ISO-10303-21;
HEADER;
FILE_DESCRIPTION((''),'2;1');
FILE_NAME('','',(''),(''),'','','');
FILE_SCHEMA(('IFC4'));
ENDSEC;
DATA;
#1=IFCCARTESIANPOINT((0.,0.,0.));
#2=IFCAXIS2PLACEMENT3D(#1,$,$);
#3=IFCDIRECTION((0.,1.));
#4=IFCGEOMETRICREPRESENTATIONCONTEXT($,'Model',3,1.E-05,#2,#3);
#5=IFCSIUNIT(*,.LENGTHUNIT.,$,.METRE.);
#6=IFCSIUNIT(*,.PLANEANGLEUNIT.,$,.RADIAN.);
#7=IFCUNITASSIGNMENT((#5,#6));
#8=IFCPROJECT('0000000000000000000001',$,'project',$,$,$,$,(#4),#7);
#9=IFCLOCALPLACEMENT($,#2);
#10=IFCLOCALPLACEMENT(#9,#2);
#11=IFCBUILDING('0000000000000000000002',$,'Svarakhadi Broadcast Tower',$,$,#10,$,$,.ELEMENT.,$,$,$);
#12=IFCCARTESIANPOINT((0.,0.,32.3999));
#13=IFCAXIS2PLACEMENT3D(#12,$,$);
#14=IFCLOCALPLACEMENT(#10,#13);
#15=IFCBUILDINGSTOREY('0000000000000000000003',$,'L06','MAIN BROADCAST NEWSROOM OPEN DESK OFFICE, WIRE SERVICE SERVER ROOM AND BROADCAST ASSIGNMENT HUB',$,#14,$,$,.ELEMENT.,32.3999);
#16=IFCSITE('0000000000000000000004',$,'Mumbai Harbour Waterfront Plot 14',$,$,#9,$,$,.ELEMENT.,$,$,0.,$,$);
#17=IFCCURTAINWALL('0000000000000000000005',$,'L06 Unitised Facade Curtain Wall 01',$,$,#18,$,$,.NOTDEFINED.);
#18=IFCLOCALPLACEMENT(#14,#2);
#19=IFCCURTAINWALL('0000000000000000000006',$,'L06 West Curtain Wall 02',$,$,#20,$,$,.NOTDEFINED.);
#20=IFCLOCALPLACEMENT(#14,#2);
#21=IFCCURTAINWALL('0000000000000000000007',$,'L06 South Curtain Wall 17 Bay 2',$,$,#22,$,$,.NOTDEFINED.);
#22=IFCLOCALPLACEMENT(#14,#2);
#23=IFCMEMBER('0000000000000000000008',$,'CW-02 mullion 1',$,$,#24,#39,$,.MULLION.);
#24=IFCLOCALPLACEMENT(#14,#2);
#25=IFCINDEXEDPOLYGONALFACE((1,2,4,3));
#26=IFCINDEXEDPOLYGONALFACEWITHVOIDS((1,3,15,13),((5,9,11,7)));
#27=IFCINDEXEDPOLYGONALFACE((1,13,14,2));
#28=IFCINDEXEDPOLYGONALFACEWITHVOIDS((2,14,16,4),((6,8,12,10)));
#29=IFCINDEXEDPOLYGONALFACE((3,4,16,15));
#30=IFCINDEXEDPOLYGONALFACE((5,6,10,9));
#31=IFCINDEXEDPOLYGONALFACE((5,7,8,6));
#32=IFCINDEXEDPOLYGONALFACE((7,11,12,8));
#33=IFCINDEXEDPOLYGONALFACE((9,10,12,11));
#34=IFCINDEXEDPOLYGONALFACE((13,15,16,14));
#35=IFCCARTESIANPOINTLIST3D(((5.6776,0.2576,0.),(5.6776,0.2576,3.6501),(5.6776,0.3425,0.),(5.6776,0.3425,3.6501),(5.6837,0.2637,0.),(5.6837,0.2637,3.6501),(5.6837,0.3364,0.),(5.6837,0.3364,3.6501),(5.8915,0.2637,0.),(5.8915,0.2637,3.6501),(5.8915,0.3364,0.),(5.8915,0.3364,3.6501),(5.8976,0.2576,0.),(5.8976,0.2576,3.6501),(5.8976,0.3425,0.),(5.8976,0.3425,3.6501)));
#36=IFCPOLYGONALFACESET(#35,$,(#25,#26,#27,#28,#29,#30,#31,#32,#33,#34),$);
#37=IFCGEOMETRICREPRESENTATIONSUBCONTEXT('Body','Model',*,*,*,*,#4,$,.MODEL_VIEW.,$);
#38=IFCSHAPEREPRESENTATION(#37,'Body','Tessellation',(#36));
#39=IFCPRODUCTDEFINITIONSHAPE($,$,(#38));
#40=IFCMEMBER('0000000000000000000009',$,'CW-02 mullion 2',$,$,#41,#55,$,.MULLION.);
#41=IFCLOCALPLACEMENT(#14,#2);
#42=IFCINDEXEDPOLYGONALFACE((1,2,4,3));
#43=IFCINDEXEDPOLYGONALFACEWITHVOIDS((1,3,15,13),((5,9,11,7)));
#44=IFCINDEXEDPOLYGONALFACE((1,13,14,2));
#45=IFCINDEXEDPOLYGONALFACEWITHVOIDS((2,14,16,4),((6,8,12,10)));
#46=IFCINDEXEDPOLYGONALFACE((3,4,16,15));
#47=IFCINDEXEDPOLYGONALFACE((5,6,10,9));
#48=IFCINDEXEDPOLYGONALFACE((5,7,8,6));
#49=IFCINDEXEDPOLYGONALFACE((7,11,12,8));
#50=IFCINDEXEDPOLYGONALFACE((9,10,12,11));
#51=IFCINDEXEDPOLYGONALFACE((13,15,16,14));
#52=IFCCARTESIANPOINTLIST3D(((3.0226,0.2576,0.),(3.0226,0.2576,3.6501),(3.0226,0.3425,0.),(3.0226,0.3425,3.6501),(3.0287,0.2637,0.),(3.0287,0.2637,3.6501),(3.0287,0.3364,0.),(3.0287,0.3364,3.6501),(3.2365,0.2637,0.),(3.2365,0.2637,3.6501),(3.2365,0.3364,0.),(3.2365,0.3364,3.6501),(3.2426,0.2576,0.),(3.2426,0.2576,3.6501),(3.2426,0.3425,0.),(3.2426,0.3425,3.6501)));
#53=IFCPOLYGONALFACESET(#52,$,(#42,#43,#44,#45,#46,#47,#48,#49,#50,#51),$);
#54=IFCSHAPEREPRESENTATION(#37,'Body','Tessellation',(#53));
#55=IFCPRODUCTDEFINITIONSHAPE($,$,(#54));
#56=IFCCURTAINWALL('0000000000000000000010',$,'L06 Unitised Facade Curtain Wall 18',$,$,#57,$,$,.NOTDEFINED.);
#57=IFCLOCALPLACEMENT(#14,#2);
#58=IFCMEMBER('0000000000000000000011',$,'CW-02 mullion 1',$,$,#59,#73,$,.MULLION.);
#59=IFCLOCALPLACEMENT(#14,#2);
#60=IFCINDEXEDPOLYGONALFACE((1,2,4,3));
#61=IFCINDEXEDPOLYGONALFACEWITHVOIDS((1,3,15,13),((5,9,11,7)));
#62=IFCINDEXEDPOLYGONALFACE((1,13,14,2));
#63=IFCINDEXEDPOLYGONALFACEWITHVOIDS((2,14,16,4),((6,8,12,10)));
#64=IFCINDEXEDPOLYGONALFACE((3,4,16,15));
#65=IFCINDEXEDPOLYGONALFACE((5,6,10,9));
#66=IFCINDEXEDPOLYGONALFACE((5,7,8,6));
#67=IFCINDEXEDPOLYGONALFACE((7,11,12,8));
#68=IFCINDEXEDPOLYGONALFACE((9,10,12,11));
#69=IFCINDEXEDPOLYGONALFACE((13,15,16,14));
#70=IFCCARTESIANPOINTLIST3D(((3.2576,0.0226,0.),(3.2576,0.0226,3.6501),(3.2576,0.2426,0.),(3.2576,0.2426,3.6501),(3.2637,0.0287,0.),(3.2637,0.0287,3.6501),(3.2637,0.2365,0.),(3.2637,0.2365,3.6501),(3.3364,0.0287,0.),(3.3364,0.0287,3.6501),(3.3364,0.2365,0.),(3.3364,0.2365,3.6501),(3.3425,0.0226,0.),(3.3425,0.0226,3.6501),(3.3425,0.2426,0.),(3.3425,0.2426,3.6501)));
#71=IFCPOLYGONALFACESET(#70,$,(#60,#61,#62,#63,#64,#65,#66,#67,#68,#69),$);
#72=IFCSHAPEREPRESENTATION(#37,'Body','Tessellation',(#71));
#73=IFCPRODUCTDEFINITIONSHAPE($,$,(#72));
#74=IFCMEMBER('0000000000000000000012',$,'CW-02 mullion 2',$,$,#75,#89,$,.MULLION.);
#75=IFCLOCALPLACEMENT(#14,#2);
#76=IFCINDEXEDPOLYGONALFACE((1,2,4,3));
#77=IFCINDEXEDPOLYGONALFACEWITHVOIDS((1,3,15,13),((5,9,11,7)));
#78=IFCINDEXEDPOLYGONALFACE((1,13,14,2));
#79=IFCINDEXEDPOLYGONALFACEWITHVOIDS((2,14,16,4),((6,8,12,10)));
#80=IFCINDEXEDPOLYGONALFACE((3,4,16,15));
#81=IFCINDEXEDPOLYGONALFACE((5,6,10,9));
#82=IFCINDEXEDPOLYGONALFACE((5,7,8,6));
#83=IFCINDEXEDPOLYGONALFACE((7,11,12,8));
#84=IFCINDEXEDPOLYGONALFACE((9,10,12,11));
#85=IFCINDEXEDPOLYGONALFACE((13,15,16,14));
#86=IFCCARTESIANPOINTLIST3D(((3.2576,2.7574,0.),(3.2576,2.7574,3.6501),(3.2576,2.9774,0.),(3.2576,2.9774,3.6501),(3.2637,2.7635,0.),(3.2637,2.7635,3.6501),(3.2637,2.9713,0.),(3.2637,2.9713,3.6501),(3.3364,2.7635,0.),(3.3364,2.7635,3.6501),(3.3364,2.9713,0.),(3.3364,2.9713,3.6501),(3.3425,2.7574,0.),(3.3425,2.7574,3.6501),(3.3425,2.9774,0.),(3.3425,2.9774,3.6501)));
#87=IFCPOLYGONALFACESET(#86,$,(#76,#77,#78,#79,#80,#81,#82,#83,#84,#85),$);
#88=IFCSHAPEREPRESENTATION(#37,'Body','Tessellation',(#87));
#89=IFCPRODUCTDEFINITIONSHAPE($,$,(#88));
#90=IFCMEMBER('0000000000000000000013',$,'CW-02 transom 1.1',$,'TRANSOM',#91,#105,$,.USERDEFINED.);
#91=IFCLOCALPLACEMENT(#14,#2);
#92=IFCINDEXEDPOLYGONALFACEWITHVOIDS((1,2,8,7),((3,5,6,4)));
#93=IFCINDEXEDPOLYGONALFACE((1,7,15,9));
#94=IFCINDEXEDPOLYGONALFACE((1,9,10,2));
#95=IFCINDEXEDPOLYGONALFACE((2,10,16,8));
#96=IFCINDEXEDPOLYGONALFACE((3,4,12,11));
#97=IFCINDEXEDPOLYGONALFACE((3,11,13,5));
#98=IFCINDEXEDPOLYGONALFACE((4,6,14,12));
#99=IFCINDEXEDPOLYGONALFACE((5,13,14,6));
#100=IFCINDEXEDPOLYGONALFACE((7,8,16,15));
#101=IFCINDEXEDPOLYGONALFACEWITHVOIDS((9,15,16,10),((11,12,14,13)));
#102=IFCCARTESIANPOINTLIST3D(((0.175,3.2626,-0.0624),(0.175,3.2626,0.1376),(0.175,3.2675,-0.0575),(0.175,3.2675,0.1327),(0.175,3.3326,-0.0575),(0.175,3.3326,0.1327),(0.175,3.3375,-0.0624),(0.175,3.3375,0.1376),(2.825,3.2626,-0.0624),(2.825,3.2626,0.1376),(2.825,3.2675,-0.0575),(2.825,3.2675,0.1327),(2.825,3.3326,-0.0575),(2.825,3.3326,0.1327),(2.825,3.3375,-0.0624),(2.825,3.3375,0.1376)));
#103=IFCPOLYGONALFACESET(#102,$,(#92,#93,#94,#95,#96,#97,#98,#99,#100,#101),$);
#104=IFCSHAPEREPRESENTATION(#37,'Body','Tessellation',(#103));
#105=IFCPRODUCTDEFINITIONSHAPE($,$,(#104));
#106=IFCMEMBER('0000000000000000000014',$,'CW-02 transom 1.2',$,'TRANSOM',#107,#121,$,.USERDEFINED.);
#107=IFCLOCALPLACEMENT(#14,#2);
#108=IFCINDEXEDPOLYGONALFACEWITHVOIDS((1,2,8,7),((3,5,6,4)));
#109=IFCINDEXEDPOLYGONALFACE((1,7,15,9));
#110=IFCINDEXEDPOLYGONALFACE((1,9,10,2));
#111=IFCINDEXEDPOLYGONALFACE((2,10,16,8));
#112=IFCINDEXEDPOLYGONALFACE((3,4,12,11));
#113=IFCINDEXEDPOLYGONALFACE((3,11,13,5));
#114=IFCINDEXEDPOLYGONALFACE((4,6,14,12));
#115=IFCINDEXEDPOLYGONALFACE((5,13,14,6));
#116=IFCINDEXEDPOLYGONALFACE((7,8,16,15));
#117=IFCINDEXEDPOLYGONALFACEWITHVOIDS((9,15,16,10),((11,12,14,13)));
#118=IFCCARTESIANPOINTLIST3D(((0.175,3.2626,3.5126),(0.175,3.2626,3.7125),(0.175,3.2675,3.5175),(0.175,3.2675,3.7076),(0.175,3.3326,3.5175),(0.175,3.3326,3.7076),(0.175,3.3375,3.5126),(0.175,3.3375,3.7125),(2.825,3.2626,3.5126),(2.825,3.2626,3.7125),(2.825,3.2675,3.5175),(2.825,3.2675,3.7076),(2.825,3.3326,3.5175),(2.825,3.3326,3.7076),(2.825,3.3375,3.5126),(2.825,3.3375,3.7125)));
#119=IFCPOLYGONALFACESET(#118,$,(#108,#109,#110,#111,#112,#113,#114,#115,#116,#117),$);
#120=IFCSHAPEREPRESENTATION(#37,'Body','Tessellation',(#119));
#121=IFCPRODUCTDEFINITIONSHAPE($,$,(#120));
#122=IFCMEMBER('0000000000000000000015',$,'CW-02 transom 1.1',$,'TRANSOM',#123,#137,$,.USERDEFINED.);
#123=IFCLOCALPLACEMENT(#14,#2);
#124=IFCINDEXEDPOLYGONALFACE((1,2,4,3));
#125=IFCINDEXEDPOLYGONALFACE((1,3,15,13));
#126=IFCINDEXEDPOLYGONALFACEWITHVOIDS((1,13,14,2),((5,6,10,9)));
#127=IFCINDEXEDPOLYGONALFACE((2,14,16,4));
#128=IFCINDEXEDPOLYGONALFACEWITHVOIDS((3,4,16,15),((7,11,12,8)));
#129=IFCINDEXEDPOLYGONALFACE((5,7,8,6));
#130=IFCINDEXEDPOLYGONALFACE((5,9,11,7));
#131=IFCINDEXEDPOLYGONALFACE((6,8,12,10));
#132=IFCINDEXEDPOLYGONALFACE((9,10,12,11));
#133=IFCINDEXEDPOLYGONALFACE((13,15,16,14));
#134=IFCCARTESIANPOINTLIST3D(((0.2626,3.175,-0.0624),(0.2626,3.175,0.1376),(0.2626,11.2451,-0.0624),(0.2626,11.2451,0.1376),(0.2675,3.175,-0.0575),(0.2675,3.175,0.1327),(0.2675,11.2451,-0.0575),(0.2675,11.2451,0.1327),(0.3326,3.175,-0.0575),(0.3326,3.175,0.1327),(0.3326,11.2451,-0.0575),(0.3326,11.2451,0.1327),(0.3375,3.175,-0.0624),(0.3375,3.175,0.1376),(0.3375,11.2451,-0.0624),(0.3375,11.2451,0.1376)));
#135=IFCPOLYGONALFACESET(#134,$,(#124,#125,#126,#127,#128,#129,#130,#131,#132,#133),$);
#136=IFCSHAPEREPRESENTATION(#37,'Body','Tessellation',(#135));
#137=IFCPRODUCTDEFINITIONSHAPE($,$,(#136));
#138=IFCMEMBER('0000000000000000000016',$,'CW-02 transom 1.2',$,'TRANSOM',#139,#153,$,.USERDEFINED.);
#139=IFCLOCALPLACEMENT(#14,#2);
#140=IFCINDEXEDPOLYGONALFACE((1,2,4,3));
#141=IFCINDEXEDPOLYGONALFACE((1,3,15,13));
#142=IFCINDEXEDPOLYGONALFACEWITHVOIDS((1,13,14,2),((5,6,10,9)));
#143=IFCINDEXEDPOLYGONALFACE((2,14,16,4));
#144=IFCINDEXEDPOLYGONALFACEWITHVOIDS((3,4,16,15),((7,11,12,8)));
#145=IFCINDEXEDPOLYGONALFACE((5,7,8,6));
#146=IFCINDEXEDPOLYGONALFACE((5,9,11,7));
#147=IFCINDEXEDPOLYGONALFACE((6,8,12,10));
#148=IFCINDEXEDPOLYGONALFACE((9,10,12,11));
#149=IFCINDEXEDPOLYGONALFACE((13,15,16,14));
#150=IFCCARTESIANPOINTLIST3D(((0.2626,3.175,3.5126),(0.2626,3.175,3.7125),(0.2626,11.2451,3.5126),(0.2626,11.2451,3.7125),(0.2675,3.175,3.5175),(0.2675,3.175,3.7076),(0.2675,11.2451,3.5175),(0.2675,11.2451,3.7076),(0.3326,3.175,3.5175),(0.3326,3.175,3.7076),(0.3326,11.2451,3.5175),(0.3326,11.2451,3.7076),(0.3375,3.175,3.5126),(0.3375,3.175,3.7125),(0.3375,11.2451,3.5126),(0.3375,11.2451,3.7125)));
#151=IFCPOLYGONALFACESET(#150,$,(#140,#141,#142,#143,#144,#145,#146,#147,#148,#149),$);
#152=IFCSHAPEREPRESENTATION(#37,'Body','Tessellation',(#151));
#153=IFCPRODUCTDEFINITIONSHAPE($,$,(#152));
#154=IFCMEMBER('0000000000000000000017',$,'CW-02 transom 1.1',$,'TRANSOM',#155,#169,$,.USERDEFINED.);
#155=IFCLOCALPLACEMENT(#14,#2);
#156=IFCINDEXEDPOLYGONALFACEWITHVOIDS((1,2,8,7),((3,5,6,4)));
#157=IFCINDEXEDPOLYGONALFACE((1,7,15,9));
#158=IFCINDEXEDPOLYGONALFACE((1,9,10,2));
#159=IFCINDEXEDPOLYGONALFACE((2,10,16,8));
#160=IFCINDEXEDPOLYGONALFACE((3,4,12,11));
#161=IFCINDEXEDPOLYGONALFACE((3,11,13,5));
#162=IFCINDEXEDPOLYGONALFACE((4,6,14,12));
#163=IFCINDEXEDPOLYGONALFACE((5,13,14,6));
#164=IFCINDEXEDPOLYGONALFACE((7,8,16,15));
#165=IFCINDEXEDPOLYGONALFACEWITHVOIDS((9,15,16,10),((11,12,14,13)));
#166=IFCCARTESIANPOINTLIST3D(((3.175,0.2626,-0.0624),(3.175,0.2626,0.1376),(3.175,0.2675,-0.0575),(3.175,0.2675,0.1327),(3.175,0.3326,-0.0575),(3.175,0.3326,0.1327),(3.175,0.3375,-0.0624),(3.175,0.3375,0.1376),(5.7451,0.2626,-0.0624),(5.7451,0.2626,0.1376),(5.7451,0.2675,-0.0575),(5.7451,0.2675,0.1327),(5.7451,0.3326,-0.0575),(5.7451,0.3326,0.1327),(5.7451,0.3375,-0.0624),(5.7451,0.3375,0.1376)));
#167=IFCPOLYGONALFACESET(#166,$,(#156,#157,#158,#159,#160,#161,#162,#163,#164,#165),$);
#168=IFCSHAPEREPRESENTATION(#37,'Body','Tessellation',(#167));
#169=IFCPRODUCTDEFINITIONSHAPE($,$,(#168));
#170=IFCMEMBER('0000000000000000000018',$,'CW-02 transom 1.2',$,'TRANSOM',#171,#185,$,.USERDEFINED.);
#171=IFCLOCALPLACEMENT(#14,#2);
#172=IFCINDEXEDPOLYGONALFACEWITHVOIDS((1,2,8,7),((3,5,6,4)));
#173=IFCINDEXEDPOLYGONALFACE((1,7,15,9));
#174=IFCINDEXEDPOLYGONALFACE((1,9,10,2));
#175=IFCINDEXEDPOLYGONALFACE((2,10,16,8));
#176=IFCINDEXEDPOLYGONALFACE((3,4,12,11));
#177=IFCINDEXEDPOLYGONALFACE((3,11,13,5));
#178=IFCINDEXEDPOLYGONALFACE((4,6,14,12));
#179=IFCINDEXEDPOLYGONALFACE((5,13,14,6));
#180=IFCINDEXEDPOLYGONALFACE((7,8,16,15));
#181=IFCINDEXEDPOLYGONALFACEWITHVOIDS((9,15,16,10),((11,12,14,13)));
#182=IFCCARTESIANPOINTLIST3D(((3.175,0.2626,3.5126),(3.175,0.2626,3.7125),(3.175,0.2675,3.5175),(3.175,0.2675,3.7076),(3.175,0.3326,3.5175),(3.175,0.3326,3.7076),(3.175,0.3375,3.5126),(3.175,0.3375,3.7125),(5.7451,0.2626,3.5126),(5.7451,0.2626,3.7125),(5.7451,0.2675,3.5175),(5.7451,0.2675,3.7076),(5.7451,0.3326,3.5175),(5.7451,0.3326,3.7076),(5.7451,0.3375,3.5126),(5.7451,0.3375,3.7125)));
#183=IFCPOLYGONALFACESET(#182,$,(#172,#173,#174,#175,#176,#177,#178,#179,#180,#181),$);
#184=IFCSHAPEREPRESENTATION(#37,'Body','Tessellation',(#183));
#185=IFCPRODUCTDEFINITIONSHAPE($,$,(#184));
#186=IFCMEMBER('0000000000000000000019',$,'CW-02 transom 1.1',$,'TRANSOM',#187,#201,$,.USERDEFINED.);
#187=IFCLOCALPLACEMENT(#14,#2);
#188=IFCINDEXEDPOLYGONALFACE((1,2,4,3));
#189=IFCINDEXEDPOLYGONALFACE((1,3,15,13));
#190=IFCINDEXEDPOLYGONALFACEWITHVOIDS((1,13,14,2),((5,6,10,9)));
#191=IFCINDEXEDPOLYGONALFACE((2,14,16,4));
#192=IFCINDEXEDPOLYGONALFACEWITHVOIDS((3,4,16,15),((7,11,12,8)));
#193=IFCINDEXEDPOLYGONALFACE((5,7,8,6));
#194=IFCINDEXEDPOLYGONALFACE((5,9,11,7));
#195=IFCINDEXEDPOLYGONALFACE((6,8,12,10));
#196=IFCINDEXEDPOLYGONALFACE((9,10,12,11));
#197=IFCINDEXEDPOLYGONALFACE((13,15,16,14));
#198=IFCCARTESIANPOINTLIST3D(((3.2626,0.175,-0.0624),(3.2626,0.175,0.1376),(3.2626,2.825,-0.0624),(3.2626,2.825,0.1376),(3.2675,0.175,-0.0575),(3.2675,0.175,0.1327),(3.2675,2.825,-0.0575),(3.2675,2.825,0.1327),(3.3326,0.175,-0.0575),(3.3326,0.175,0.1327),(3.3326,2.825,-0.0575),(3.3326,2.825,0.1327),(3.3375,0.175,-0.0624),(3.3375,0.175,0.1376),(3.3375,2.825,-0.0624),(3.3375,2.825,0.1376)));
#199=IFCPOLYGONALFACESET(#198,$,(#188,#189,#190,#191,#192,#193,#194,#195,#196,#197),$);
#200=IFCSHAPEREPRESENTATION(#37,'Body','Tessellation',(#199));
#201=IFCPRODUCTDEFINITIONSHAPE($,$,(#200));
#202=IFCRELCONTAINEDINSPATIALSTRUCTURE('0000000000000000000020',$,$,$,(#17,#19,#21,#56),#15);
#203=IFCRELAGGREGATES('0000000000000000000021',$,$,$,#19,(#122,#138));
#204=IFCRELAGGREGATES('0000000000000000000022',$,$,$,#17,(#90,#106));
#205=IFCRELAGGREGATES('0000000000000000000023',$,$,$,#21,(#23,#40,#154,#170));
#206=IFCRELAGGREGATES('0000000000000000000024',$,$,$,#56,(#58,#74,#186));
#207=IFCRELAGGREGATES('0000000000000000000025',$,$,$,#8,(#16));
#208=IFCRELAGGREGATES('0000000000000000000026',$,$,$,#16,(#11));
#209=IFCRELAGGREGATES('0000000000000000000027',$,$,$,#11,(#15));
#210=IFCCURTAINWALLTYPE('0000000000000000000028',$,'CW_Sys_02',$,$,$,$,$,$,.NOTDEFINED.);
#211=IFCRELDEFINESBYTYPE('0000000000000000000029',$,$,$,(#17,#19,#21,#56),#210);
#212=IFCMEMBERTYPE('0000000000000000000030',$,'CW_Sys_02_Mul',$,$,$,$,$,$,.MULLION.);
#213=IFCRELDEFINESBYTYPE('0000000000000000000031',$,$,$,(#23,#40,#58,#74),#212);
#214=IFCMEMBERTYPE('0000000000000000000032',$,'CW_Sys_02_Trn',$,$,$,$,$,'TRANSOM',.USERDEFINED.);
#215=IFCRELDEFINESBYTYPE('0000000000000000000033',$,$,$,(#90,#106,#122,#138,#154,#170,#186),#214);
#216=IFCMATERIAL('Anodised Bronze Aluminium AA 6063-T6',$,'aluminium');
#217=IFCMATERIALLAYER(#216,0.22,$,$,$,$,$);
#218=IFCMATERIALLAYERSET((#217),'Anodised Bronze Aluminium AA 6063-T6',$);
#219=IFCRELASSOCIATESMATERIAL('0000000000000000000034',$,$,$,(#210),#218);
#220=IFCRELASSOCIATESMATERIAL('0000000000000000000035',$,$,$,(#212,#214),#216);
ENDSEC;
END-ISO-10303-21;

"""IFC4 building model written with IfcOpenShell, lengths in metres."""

from ifc_helpers import new_model, si_unit, direction, frame, origin, origin_2d, place, context, subcontext, project, spatial, hollow_rectangle, extrude, material, layer, layer_set, material_profile, profile_set, type_object, element, aggregate, save


model = new_model("IFC4")

# Units and contexts
model_context = context("Model", 3, precision=1e-05, world=origin(), true_north=direction((0.0, 1.0)))
body_context = subcontext(model_context, "Body", "Model", "MODEL_VIEW")
ifc_project = project(units=[si_unit("LENGTHUNIT", "METRE"), si_unit("PLANEANGLEUNIT", "RADIAN")], contexts=[model_context])

# Site, building, storey
site_placement = place(None, origin())
site = spatial("IfcSite", under=ifc_project, at=site_placement, Name="Mumbai Harbour Waterfront Plot 14", CompositionType="ELEMENT", RefElevation=0.0)
building_placement = place(site_placement, origin())
building = spatial("IfcBuilding", under=site, at=building_placement, Name="Svarakhadi Broadcast Tower", CompositionType="ELEMENT")
storey_placement = place(building_placement, frame((0.0, 0.0, 32.3999)))
storey = spatial("IfcBuildingStorey", under=building, at=storey_placement, Name="L06", Description="MAIN BROADCAST NEWSROOM OPEN DESK OFFICE, WIRE SERVICE SERVER ROOM AND BROADCAST ASSIGNMENT HUB", CompositionType="ELEMENT", Elevation=32.3999)

# Curtain wall
ifc_material_1 = material(Name="Anodised Bronze Aluminium AA 6063-T6", Category="aluminium")
ifc_layer_1 = layer(ifc_material_1, 0.22)
ifc_layer_set_1 = layer_set([ifc_layer_1], Name="Anodised Bronze Aluminium AA 6063-T6")
curtain_wall_type = type_object("IfcCurtainWallType", Name="CW_Sys_02", PredefinedType="NOTDEFINED", material=ifc_layer_set_1)
curtain_wall_1_placement = place(storey_placement, origin())
curtain_wall_1 = element("IfcCurtainWall", 1, at=curtain_wall_1_placement, inside=storey, type_object=curtain_wall_type, Name="L06 Unitised Facade Curtain Wall 01", PredefinedType="NOTDEFINED")
ifc_material_profile_1 = material_profile(ifc_material_1, hollow_rectangle(XDim=0.085, YDim=0.22, WallThickness=0.0061, at=origin_2d()), Name="ALU MULLION 220x85x6")
ifc_profile_set_1 = profile_set([ifc_material_profile_1], Name="Anodised Bronze Aluminium AA 6063-T6")
member_type_1 = type_object("IfcMemberType", Name="CW_Sys_02_Mul", PredefinedType="MULLION", material=ifc_profile_set_1)

# Curtain wall
curtain_wall_2_placement = place(storey_placement, origin())
curtain_wall_2 = element("IfcCurtainWall", 2, at=curtain_wall_2_placement, inside=storey, type_object=curtain_wall_type, Name="L06 West Curtain Wall 02", PredefinedType="NOTDEFINED")

# Curtain walls, members
curtain_wall_3_placement = place(storey_placement, origin())
curtain_wall_3 = element("IfcCurtainWall", 3, at=curtain_wall_3_placement, inside=storey, type_object=curtain_wall_type, Name="L06 South Curtain Wall 17 Bay 2", PredefinedType="NOTDEFINED")
member_1_placement = place(storey_placement, frame((5.7876, 0.3, 0.0), z_axis=(0.0, 0.0, 1.0), x_axis=(0.0, -1.0, 0.0)))
member_1 = element("IfcMember", 4, at=member_1_placement, type_object=member_type_1, Name="CW-02 mullion 1", PredefinedType="MULLION", context=body_context, shape_type="SweptSolid", body=[
    extrude(hollow_rectangle(XDim=0.085, YDim=0.22, WallThickness=0.0061, at=origin_2d()), origin(), (0.0, 0.0, 1.0), 3.6501),
])
member_2_placement = place(storey_placement, frame((3.1326, 0.3, 0.0), z_axis=(0.0, 0.0, 1.0), x_axis=(0.0, -1.0, 0.0)))
member_2 = element("IfcMember", 5, at=member_2_placement, type_object=member_type_1, Name="CW-02 mullion 2", PredefinedType="MULLION", context=body_context, shape_type="SweptSolid", body=[
    extrude(hollow_rectangle(XDim=0.085, YDim=0.22, WallThickness=0.0061, at=origin_2d()), origin(), (0.0, 0.0, 1.0), 3.6501),
])
curtain_wall_4_placement = place(storey_placement, origin())
curtain_wall_4 = element("IfcCurtainWall", 6, at=curtain_wall_4_placement, inside=storey, type_object=curtain_wall_type, Name="L06 Unitised Facade Curtain Wall 18", PredefinedType="NOTDEFINED")
member_3_placement = place(storey_placement, frame((3.3, 0.1326, 0.0), z_axis=(0.0, 0.0, 1.0), x_axis=(-1.0, 0.0, 0.0)))
member_3 = element("IfcMember", 7, at=member_3_placement, type_object=member_type_1, Name="CW-02 mullion 1", PredefinedType="MULLION", context=body_context, shape_type="SweptSolid", body=[
    extrude(hollow_rectangle(XDim=0.085, YDim=0.22, WallThickness=0.0061, at=origin_2d()), origin(), (0.0, 0.0, 1.0), 3.6501),
])
member_4_placement = place(storey_placement, frame((3.3, 2.8674, 0.0), z_axis=(0.0, 0.0, 1.0), x_axis=(-1.0, 0.0, 0.0)))
member_4 = element("IfcMember", 8, at=member_4_placement, type_object=member_type_1, Name="CW-02 mullion 2", PredefinedType="MULLION", context=body_context, shape_type="SweptSolid", body=[
    extrude(hollow_rectangle(XDim=0.085, YDim=0.22, WallThickness=0.0061, at=origin_2d()), origin(), (0.0, 0.0, 1.0), 3.6501),
])

# Members
ifc_material_profile_2 = material_profile(ifc_material_1, hollow_rectangle(XDim=0.075, YDim=0.2, WallThickness=0.0049, at=origin_2d()), Name="ALU TRANSOM 200x75x5")
ifc_profile_set_2 = profile_set([ifc_material_profile_2], Name="Anodised Bronze Aluminium AA 6063-T6")
member_type_2 = type_object("IfcMemberType", Name="CW_Sys_02_Trn", ElementType="TRANSOM", PredefinedType="USERDEFINED", material=ifc_profile_set_2)
member_5_placement = place(storey_placement, frame((2.825, 3.3, 0.0376), z_axis=(-1.0, 0.0, 0.0), x_axis=(0.0, -1.0, 0.0)))
member_5 = element("IfcMember", 9, at=member_5_placement, type_object=member_type_2, Name="CW-02 transom 1.1", ObjectType="TRANSOM", PredefinedType="USERDEFINED", context=body_context, shape_type="SweptSolid", body=[
    extrude(hollow_rectangle(XDim=0.075, YDim=0.2, WallThickness=0.0049, at=origin_2d()), origin(), (0.0, 0.0, 1.0), 2.6499),
])
member_6_placement = place(storey_placement, frame((2.825, 3.3, 3.6125), z_axis=(-1.0, 0.0, 0.0), x_axis=(0.0, -1.0, 0.0)))
member_6 = element("IfcMember", 10, at=member_6_placement, type_object=member_type_2, Name="CW-02 transom 1.2", ObjectType="TRANSOM", PredefinedType="USERDEFINED", context=body_context, shape_type="SweptSolid", body=[
    extrude(hollow_rectangle(XDim=0.075, YDim=0.2, WallThickness=0.0049, at=origin_2d()), origin(), (0.0, 0.0, 1.0), 2.6499),
])
member_7_placement = place(storey_placement, frame((0.3, 3.175, 0.0376), z_axis=(0.0, 1.0, 0.0), x_axis=(-1.0, 0.0, 0.0)))
member_7 = element("IfcMember", 11, at=member_7_placement, type_object=member_type_2, Name="CW-02 transom 1.1", ObjectType="TRANSOM", PredefinedType="USERDEFINED", context=body_context, shape_type="SweptSolid", body=[
    extrude(hollow_rectangle(XDim=0.075, YDim=0.2, WallThickness=0.0049, at=origin_2d()), origin(), (0.0, 0.0, 1.0), 8.0701),
])
member_8_placement = place(storey_placement, frame((0.3, 3.175, 3.6125), z_axis=(0.0, 1.0, 0.0), x_axis=(-1.0, 0.0, 0.0)))
member_8 = element("IfcMember", 12, at=member_8_placement, type_object=member_type_2, Name="CW-02 transom 1.2", ObjectType="TRANSOM", PredefinedType="USERDEFINED", context=body_context, shape_type="SweptSolid", body=[
    extrude(hollow_rectangle(XDim=0.075, YDim=0.2, WallThickness=0.0049, at=origin_2d()), origin(), (0.0, 0.0, 1.0), 8.0701),
])
aggregate(curtain_wall_2, [member_7, member_8])
member_9_placement = place(storey_placement, frame((5.7451, 0.3, 0.0376), z_axis=(-1.0, 0.0, 0.0), x_axis=(0.0, -1.0, 0.0)))
member_9 = element("IfcMember", 13, at=member_9_placement, type_object=member_type_2, Name="CW-02 transom 1.1", ObjectType="TRANSOM", PredefinedType="USERDEFINED", context=body_context, shape_type="SweptSolid", body=[
    extrude(hollow_rectangle(XDim=0.075, YDim=0.2, WallThickness=0.0049, at=origin_2d()), origin(), (0.0, 0.0, 1.0), 2.5701),
])
member_10_placement = place(storey_placement, frame((5.7451, 0.3, 3.6125), z_axis=(-1.0, 0.0, 0.0), x_axis=(0.0, -1.0, 0.0)))
member_10 = element("IfcMember", 14, at=member_10_placement, type_object=member_type_2, Name="CW-02 transom 1.2", ObjectType="TRANSOM", PredefinedType="USERDEFINED", context=body_context, shape_type="SweptSolid", body=[
    extrude(hollow_rectangle(XDim=0.075, YDim=0.2, WallThickness=0.0049, at=origin_2d()), origin(), (0.0, 0.0, 1.0), 2.5701),
])
member_11_placement = place(storey_placement, frame((3.3, 0.175, 0.0376), z_axis=(0.0, 1.0, 0.0), x_axis=(-1.0, 0.0, 0.0)))
member_11 = element("IfcMember", 15, at=member_11_placement, type_object=member_type_2, Name="CW-02 transom 1.1", ObjectType="TRANSOM", PredefinedType="USERDEFINED", context=body_context, shape_type="SweptSolid", body=[
    extrude(hollow_rectangle(XDim=0.075, YDim=0.2, WallThickness=0.0049, at=origin_2d()), origin(), (0.0, 0.0, 1.0), 2.6499),
])

aggregate(curtain_wall_1, [member_5, member_6])
aggregate(curtain_wall_3, [member_1, member_2, member_9, member_10])
aggregate(curtain_wall_4, [member_3, member_4, member_11])

save(model, "model.ifc")
